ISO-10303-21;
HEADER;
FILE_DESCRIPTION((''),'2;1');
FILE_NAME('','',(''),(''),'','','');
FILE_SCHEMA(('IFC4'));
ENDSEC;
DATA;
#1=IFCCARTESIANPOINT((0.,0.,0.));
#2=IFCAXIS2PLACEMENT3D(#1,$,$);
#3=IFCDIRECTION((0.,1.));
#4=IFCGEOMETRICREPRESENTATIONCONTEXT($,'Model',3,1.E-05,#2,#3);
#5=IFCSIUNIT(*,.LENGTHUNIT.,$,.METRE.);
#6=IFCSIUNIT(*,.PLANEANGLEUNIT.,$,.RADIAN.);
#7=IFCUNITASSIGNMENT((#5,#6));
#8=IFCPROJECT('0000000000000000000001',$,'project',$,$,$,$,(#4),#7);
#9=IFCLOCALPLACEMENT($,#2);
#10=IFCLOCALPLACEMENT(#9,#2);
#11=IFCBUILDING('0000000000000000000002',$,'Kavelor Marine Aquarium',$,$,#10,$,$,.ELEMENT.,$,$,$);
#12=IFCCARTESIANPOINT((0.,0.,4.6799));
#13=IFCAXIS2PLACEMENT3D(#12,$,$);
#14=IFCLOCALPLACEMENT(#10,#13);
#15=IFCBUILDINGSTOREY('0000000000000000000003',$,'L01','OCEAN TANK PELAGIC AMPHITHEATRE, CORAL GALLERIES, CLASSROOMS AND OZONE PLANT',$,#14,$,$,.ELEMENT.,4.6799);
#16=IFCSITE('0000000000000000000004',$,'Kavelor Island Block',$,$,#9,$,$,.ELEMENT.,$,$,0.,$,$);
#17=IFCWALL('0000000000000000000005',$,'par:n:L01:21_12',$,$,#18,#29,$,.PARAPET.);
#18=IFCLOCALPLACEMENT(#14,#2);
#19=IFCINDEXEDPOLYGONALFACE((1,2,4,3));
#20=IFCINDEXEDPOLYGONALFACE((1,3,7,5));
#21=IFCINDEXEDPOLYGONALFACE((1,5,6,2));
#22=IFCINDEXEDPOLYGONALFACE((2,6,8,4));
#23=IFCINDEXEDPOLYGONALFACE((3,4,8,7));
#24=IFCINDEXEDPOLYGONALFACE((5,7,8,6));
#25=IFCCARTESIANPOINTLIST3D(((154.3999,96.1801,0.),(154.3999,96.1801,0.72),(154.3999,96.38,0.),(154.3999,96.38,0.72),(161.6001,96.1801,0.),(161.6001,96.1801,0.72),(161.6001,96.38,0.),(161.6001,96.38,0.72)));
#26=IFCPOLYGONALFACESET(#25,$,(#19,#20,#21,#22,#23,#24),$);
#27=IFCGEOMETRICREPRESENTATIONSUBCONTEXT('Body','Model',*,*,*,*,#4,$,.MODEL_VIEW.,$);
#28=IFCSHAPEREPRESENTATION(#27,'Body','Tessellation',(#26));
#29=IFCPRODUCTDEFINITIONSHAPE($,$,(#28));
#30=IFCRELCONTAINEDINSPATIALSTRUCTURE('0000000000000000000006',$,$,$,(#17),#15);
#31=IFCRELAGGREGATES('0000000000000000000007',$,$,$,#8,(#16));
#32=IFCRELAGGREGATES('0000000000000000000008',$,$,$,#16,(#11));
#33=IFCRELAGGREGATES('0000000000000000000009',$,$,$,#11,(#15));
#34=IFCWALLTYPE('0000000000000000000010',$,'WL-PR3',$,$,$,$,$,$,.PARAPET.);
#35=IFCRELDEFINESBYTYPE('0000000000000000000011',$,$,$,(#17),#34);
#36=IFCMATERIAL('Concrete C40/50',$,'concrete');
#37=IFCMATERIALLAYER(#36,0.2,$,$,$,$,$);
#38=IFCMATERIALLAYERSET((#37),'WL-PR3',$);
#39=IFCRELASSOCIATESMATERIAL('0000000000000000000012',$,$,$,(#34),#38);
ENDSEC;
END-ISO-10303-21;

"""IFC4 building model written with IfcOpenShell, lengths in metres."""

from ifc_helpers import new_model, si_unit, direction, frame, frame_2d, origin, place, context, subcontext, project, spatial, rectangle, extrude, material, layer, layer_set, type_object, element, save


model = new_model("IFC4")

# Units and contexts
model_context = context("Model", 3, precision=1e-05, world=origin(), true_north=direction((0.0, 1.0)))
body_context = subcontext(model_context, "Body", "Model", "MODEL_VIEW")
ifc_project = project(units=[si_unit("LENGTHUNIT", "METRE"), si_unit("PLANEANGLEUNIT", "RADIAN")], contexts=[model_context])

# Site, building, storey
site_placement = place(None, origin())
site = spatial("IfcSite", under=ifc_project, at=site_placement, Name="Kavelor Island Block", CompositionType="ELEMENT", RefElevation=0.0)
building_placement = place(site_placement, origin())
building = spatial("IfcBuilding", under=site, at=building_placement, Name="Kavelor Marine Aquarium", CompositionType="ELEMENT")
storey_placement = place(building_placement, frame((0.0, 0.0, 4.6799)))
storey = spatial("IfcBuildingStorey", under=building, at=storey_placement, Name="L01", Description="OCEAN TANK PELAGIC AMPHITHEATRE, CORAL GALLERIES, CLASSROOMS AND OZONE PLANT", CompositionType="ELEMENT", Elevation=4.6799)

# Wall
ifc_material_1 = material(Name="Concrete C40/50", Category="concrete")
ifc_layer_1 = layer(ifc_material_1, 0.2)
ifc_layer_set_1 = layer_set([ifc_layer_1], Name="WL-PR3")
wall_type = type_object("IfcWallType", Name="WL-PR3", PredefinedType="PARAPET", material=ifc_layer_set_1)
wall_placement = place(storey_placement, frame((154.3999, 96.28, 0.0), z_axis=(0.0, 0.0, 1.0), x_axis=(1.0, 0.0, 0.0)))
element("IfcWall", 1, at=wall_placement, inside=storey, type_object=wall_type, Name="par:n:L01:21_12", PredefinedType="PARAPET", context=body_context, shape_type="SweptSolid", body=[
    extrude(rectangle(XDim=7.2002, YDim=0.2, at=frame_2d((3.6001, 0.0))), origin(), (0.0, 0.0, 1.0), 0.72),
])

save(model, "model.ifc")
